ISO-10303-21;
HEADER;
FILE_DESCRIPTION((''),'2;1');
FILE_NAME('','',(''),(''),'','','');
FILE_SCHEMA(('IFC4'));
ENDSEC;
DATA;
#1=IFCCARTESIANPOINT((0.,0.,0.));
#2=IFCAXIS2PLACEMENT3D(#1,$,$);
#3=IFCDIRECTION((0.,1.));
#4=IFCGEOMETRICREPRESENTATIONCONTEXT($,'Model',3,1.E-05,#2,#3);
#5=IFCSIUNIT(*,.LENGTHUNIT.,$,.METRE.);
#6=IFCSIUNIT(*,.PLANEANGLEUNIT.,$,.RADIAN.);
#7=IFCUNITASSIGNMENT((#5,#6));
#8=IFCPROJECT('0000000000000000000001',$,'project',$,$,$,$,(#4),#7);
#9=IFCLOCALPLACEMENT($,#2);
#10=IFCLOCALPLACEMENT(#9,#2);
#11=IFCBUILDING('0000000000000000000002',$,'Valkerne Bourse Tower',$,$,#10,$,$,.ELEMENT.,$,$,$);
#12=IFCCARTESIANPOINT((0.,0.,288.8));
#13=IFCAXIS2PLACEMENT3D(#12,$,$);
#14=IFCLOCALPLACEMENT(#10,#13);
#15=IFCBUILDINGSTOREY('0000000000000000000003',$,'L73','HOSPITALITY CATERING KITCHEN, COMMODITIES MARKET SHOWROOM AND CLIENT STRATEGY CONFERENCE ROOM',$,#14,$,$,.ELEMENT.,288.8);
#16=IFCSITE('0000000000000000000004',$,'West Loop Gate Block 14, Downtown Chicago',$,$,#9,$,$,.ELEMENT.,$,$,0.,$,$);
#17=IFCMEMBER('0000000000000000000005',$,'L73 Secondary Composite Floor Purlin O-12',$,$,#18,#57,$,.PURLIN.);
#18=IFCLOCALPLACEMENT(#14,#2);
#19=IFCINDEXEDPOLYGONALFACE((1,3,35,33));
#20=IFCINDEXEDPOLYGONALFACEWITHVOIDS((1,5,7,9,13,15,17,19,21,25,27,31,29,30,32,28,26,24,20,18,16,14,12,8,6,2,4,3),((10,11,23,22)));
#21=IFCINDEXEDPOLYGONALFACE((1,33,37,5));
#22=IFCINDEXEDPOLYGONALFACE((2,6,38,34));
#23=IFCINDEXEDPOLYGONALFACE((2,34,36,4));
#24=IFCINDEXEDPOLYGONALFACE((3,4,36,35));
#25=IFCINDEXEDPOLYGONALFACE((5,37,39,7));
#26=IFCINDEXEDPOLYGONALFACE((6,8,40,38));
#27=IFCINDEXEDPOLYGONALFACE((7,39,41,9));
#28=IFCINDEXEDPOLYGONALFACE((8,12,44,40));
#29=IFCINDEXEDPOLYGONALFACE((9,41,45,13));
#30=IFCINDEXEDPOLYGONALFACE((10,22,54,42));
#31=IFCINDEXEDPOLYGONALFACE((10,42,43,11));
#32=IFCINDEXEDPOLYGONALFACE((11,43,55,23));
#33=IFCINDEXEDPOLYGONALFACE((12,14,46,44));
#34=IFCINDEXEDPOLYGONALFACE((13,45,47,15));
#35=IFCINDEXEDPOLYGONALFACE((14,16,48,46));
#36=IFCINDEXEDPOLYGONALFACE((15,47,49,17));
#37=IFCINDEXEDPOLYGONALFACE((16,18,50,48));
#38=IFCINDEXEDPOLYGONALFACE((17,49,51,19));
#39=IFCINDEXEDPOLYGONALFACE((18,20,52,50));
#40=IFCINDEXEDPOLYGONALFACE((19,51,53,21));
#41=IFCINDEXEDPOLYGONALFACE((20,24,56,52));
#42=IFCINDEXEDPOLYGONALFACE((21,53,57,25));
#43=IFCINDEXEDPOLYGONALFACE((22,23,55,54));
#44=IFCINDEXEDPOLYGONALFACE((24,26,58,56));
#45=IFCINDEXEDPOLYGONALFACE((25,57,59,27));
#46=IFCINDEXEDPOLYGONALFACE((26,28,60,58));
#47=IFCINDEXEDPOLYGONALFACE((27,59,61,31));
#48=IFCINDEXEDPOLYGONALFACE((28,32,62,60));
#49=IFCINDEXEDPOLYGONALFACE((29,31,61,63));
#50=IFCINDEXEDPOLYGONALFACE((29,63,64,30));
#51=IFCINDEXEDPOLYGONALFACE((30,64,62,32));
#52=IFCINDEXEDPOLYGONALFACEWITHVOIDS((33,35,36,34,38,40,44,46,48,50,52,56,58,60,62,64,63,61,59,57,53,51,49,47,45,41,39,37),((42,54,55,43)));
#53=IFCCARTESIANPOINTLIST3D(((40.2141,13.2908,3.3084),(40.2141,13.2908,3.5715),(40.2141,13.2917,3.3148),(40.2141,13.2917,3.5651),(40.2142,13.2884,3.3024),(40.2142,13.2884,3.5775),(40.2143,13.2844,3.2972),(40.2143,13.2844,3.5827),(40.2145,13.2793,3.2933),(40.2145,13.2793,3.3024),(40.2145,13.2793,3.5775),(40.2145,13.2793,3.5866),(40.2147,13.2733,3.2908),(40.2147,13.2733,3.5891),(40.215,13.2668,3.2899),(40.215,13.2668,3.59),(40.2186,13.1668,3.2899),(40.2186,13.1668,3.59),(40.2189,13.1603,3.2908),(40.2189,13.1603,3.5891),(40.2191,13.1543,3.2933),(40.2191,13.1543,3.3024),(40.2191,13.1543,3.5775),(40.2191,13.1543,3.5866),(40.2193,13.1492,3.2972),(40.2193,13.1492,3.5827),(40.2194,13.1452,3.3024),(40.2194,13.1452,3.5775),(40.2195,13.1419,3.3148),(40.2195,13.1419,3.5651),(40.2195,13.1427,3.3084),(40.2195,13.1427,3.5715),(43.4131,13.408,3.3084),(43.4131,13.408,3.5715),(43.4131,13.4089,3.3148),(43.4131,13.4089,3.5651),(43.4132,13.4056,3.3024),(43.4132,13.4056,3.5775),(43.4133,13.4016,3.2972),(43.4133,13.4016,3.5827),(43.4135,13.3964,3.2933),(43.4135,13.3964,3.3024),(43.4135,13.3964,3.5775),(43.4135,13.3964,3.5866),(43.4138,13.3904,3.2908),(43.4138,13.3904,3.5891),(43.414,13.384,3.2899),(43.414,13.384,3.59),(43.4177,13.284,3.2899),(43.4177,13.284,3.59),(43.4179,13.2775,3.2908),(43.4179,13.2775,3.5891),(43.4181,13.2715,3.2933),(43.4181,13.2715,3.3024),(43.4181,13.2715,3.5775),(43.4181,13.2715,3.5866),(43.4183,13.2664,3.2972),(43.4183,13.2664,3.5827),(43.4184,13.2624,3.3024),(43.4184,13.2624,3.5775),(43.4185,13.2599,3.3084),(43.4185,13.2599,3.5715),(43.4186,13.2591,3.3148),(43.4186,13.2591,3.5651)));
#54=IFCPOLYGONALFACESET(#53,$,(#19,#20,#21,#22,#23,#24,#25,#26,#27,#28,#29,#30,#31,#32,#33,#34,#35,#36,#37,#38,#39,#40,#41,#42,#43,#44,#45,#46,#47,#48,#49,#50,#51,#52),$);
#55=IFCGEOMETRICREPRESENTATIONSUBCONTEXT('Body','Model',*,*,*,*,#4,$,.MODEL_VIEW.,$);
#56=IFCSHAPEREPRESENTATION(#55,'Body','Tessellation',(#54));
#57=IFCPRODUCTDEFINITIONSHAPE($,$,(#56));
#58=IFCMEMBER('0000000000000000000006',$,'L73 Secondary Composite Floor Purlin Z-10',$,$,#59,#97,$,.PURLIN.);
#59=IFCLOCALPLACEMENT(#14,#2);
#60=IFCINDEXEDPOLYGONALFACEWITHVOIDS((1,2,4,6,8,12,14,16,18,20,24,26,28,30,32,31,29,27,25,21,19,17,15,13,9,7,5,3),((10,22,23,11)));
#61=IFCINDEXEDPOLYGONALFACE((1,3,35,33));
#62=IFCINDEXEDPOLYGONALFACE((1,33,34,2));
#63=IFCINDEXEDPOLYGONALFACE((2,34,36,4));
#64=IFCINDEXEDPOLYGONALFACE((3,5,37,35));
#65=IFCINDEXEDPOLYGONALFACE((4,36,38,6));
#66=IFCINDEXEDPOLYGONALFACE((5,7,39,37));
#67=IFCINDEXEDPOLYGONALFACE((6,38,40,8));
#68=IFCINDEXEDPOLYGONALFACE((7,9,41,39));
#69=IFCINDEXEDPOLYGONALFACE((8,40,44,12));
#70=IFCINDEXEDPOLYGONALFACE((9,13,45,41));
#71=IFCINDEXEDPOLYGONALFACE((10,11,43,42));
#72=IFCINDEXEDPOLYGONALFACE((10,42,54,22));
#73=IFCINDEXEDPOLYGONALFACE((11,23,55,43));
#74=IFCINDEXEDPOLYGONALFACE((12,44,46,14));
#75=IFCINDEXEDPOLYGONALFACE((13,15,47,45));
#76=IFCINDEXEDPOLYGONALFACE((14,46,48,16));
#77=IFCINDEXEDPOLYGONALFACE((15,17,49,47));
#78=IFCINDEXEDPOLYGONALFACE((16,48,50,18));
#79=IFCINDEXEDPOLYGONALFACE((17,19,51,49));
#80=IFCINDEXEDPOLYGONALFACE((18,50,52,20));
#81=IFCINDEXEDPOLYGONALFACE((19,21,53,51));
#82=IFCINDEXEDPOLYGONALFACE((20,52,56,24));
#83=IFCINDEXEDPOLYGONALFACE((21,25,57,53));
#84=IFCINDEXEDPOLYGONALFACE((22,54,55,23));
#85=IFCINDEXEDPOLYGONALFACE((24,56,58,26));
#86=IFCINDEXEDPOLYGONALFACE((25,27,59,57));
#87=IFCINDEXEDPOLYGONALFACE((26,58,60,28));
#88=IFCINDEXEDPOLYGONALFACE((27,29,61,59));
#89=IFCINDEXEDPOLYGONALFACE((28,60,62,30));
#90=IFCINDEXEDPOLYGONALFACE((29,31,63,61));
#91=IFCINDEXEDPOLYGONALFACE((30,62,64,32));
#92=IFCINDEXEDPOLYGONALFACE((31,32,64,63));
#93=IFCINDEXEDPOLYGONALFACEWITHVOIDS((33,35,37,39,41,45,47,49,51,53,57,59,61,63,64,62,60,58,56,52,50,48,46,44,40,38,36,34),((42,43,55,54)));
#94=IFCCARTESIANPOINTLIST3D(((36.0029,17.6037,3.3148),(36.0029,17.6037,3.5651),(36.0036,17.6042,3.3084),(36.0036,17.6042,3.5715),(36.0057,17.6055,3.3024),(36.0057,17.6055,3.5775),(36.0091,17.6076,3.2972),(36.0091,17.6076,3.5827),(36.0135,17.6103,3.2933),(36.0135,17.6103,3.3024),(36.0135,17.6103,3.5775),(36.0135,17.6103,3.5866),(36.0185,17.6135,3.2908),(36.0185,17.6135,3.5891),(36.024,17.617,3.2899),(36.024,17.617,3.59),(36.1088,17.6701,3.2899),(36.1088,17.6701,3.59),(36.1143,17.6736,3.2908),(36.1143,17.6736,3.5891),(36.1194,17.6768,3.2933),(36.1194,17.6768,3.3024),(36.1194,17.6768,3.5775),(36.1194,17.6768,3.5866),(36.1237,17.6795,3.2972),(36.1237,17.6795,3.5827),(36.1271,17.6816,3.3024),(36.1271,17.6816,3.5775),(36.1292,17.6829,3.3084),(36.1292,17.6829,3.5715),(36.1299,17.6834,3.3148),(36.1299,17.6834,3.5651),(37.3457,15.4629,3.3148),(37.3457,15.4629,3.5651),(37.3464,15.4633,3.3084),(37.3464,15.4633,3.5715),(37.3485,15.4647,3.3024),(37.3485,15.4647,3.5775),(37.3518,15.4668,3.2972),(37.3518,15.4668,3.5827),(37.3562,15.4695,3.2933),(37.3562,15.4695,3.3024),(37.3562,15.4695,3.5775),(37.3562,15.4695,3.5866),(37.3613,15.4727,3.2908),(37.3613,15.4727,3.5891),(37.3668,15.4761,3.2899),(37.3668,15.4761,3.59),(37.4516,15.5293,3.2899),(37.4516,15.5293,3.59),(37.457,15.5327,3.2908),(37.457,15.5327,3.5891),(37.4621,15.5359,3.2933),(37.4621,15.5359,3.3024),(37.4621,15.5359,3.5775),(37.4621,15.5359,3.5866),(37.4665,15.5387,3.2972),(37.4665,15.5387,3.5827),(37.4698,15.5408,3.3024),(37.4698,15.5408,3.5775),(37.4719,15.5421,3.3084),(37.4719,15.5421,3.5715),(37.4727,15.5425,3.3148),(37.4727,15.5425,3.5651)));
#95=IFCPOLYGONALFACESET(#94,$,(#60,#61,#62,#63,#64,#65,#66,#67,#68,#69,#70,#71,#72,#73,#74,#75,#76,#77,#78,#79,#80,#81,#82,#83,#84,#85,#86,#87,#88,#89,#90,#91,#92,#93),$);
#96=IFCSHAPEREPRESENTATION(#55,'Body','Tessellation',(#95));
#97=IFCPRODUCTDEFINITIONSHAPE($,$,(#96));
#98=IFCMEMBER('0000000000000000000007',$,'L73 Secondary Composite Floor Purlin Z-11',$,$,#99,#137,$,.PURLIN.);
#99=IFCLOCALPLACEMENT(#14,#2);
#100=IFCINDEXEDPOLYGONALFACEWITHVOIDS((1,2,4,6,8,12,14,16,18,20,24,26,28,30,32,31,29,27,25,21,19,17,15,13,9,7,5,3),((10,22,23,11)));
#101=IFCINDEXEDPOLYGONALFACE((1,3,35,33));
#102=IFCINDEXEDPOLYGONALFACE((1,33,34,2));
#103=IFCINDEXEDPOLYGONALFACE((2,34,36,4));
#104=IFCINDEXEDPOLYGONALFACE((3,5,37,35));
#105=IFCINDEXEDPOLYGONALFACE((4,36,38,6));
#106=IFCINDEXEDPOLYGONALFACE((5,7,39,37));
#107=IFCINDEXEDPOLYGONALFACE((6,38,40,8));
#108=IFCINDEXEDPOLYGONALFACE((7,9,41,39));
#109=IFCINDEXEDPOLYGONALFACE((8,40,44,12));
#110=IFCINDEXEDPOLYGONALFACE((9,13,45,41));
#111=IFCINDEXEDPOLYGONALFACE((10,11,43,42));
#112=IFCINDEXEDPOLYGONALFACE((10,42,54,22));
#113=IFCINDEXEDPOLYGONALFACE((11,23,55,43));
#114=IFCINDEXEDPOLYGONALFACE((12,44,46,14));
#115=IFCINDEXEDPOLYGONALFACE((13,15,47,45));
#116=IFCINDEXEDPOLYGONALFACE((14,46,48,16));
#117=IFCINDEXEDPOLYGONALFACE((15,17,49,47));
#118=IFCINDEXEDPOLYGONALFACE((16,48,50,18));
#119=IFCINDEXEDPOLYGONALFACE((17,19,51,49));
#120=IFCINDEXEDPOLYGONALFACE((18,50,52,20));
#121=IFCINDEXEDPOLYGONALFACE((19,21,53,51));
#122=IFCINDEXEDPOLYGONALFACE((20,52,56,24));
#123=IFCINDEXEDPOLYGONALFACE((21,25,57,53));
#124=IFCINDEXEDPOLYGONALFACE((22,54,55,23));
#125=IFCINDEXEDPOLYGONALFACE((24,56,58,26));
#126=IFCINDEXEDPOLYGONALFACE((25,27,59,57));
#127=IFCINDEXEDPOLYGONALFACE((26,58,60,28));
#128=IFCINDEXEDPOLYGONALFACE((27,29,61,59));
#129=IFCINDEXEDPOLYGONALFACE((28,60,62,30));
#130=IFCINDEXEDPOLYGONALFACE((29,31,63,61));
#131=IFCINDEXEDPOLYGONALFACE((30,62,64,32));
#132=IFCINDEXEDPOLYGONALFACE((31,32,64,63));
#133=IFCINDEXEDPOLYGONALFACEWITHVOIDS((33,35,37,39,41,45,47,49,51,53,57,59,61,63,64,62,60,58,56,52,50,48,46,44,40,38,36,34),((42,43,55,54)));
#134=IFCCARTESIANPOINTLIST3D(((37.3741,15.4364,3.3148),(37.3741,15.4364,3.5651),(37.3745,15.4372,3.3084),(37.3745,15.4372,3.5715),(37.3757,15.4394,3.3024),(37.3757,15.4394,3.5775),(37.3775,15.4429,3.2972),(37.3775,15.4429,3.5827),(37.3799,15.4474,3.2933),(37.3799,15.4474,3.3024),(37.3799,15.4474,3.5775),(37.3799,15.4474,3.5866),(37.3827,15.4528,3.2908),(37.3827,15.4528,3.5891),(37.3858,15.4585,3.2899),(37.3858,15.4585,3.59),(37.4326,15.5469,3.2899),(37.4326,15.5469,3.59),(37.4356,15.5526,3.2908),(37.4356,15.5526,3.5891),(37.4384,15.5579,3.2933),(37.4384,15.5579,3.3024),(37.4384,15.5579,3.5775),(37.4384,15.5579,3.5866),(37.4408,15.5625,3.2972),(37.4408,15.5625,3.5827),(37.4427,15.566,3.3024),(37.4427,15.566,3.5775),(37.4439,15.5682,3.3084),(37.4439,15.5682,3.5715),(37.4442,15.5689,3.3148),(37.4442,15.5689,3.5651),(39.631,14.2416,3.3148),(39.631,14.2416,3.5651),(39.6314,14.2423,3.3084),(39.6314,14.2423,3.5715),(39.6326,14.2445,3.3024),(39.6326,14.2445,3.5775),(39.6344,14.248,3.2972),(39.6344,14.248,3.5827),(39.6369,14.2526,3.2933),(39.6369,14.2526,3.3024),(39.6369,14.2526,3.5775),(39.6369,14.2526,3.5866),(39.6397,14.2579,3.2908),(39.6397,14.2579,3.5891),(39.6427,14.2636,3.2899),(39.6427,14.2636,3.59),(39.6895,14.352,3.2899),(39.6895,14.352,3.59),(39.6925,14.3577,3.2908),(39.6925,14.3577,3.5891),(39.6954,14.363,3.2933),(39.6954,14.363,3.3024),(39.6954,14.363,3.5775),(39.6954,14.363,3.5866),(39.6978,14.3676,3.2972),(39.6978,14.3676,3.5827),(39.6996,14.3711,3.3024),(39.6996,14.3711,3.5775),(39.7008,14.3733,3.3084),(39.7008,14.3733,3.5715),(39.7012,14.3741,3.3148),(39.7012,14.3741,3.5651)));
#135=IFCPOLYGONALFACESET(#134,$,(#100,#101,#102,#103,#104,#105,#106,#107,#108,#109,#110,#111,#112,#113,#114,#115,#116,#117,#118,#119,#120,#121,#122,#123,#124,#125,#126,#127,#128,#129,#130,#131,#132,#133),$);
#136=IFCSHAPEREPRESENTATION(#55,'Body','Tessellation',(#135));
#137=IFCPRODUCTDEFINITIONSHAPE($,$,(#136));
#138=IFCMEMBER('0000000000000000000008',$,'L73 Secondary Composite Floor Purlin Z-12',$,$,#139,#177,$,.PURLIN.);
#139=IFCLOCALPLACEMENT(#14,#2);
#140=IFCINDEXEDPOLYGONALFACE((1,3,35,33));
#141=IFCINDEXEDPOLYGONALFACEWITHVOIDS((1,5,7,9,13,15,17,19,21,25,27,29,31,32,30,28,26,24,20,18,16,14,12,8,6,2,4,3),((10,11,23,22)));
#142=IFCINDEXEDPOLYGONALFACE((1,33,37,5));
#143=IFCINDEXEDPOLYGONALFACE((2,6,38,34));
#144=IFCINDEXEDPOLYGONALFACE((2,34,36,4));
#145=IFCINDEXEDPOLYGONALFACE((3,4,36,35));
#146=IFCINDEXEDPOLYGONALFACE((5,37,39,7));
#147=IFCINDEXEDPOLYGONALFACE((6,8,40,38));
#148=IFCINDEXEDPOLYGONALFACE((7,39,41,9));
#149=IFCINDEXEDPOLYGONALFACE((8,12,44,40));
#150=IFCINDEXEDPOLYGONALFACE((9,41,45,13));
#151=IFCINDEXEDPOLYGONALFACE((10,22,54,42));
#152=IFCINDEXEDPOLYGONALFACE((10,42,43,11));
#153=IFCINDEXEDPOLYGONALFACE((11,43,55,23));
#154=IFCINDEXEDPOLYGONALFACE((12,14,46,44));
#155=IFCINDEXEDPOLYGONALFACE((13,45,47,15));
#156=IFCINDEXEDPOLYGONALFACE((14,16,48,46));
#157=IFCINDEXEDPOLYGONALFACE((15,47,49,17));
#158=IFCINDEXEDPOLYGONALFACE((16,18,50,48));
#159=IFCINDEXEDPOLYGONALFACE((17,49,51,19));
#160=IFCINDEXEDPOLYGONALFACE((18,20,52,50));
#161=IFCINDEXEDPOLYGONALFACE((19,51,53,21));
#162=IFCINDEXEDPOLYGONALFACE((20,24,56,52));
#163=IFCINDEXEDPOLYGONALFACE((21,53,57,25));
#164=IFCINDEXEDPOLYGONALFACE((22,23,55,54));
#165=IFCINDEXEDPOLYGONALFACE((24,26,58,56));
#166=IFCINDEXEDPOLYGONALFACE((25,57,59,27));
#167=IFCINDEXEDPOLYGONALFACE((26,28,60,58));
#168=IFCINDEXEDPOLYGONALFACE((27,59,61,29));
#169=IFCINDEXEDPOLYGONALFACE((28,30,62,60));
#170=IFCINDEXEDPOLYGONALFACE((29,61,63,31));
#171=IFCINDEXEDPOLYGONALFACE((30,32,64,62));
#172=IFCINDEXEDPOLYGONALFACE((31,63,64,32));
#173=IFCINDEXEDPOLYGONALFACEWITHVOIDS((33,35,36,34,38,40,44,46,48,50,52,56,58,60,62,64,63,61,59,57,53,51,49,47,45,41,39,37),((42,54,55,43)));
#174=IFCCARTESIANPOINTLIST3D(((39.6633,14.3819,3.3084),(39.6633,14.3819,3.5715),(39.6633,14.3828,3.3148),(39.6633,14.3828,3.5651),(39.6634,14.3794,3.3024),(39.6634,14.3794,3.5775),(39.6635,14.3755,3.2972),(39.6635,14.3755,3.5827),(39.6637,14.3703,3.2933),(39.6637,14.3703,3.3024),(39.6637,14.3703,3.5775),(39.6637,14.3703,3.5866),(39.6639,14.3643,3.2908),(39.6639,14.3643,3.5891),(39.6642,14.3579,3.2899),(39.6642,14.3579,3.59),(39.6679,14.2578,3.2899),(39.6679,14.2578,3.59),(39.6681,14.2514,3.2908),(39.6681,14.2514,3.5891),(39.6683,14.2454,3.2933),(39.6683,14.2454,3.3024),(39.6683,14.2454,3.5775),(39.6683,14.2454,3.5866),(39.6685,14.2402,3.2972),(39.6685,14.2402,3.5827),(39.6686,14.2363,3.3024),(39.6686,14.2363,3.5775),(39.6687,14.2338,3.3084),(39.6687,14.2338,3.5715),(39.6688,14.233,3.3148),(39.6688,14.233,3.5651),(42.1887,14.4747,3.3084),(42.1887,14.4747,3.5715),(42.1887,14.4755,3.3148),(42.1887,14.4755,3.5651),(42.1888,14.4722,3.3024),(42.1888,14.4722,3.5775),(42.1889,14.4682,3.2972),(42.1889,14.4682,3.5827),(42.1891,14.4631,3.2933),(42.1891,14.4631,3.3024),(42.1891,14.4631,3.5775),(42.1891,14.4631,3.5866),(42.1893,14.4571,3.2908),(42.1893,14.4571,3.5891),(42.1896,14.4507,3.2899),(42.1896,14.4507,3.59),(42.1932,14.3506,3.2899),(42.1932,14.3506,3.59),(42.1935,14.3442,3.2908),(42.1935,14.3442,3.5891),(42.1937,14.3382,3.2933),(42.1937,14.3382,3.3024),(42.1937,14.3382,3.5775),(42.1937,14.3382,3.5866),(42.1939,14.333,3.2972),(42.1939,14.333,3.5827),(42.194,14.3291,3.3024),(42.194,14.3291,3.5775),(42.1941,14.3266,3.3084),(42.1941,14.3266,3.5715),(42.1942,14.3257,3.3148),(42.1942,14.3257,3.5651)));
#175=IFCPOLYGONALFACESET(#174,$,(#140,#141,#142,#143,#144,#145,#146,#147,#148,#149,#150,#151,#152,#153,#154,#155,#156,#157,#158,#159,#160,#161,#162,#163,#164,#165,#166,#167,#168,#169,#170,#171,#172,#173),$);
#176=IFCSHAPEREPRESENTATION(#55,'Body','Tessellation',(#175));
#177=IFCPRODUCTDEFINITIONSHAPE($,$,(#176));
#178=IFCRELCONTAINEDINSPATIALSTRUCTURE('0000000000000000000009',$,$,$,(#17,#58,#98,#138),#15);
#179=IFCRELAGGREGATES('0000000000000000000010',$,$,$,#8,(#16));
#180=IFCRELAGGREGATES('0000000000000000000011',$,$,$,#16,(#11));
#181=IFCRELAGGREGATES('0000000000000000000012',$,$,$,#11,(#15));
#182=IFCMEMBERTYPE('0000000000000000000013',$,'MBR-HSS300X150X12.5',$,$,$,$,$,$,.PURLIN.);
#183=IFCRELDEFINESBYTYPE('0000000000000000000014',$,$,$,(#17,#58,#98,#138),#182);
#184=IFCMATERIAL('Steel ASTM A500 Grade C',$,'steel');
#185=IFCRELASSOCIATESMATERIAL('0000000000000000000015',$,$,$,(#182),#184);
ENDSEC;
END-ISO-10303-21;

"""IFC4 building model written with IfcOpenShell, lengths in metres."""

from ifc_helpers import new_model, si_unit, direction, frame, origin, origin_2d, place, context, subcontext, project, spatial, hollow_rectangle, extrude, material, material_profile, profile_set, type_object, element, save


model = new_model("IFC4")

# Units and contexts
model_context = context("Model", 3, precision=1e-05, world=origin(), true_north=direction((0.0, 1.0)))
body_context = subcontext(model_context, "Body", "Model", "MODEL_VIEW")
ifc_project = project(units=[si_unit("LENGTHUNIT", "METRE"), si_unit("PLANEANGLEUNIT", "RADIAN")], contexts=[model_context])

# Site, building, storey
site_placement = place(None, origin())
site = spatial("IfcSite", under=ifc_project, at=site_placement, Name="West Loop Gate Block 14, Downtown Chicago", CompositionType="ELEMENT", RefElevation=0.0)
building_placement = place(site_placement, origin())
building = spatial("IfcBuilding", under=site, at=building_placement, Name="Valkerne Bourse Tower", CompositionType="ELEMENT")
storey_placement = place(building_placement, frame((0.0, 0.0, 288.8)))
storey = spatial("IfcBuildingStorey", under=building, at=storey_placement, Name="L73", Description="HOSPITALITY CATERING KITCHEN, COMMODITIES MARKET SHOWROOM AND CLIENT STRATEGY CONFERENCE ROOM", CompositionType="ELEMENT", Elevation=288.8)

# Members
ifc_material_1 = material(Name="Steel ASTM A500 Grade C", Category="steel")
ifc_material_profile_1 = material_profile(ifc_material_1, hollow_rectangle(XDim=0.1499, YDim=0.3, WallThickness=0.0125, OuterFilletRadius=0.0249, at=origin_2d()), Name="HSS300X150X12.5")
ifc_profile_set_1 = profile_set([ifc_material_profile_1], Name="Steel ASTM A500 Grade C")
member_type_1 = type_object("IfcMemberType", Name="MBR-HSS300X150X12.5", PredefinedType="PURLIN", material=ifc_profile_set_1)
member_1_placement = place(storey_placement, frame((40.2168, 13.2168, 3.4399), z_axis=(0.99933, 0.036608, 0.0), x_axis=(-0.036608, 0.99933, 0.0)))
element("IfcMember", 1, at=member_1_placement, inside=storey, type_object=member_type_1, Name="L73 Secondary Composite Floor Purlin O-12", PredefinedType="PURLIN", context=body_context, shape_type="SweptSolid", body=[
    extrude(hollow_rectangle(XDim=0.1499, YDim=0.3, WallThickness=0.0125, OuterFilletRadius=0.0249, at=origin_2d()), origin(), (0.0, 0.0, 1.0), 3.2012),
])
member_2_placement = place(storey_placement, frame((36.0664, 17.6436, 3.4399), z_axis=(0.531344, -0.847156, 0.0), x_axis=(0.847156, 0.531344, 0.0)))
element("IfcMember", 2, at=member_2_placement, inside=storey, type_object=member_type_1, Name="L73 Secondary Composite Floor Purlin Z-10", PredefinedType="PURLIN", context=body_context, shape_type="SweptSolid", body=[
    extrude(hollow_rectangle(XDim=0.1499, YDim=0.3, WallThickness=0.0125, OuterFilletRadius=0.0249, at=origin_2d()), origin(), (0.0, 0.0, 1.0), 2.5271),
])
member_3_placement = place(storey_placement, frame((37.4092, 15.5027, 3.4399), z_axis=(0.883783, -0.467897, 0.0), x_axis=(0.467897, 0.883783, 0.0)))
element("IfcMember", 3, at=member_3_placement, inside=storey, type_object=member_type_1, Name="L73 Secondary Composite Floor Purlin Z-11", PredefinedType="PURLIN", context=body_context, shape_type="SweptSolid", body=[
    extrude(hollow_rectangle(XDim=0.1499, YDim=0.3, WallThickness=0.0125, OuterFilletRadius=0.0249, at=origin_2d()), origin(), (0.0, 0.0, 1.0), 2.5537),
])
member_4_placement = place(storey_placement, frame((39.666, 14.3079, 3.4399), z_axis=(0.999326, 0.036712, 0.0), x_axis=(-0.036712, 0.999326, 0.0)))
element("IfcMember", 4, at=member_4_placement, inside=storey, type_object=member_type_1, Name="L73 Secondary Composite Floor Purlin Z-12", PredefinedType="PURLIN", context=body_context, shape_type="SweptSolid", body=[
    extrude(hollow_rectangle(XDim=0.1499, YDim=0.3, WallThickness=0.0125, OuterFilletRadius=0.0249, at=origin_2d()), origin(), (0.0, 0.0, 1.0), 2.5271),
])

save(model, "model.ifc")
